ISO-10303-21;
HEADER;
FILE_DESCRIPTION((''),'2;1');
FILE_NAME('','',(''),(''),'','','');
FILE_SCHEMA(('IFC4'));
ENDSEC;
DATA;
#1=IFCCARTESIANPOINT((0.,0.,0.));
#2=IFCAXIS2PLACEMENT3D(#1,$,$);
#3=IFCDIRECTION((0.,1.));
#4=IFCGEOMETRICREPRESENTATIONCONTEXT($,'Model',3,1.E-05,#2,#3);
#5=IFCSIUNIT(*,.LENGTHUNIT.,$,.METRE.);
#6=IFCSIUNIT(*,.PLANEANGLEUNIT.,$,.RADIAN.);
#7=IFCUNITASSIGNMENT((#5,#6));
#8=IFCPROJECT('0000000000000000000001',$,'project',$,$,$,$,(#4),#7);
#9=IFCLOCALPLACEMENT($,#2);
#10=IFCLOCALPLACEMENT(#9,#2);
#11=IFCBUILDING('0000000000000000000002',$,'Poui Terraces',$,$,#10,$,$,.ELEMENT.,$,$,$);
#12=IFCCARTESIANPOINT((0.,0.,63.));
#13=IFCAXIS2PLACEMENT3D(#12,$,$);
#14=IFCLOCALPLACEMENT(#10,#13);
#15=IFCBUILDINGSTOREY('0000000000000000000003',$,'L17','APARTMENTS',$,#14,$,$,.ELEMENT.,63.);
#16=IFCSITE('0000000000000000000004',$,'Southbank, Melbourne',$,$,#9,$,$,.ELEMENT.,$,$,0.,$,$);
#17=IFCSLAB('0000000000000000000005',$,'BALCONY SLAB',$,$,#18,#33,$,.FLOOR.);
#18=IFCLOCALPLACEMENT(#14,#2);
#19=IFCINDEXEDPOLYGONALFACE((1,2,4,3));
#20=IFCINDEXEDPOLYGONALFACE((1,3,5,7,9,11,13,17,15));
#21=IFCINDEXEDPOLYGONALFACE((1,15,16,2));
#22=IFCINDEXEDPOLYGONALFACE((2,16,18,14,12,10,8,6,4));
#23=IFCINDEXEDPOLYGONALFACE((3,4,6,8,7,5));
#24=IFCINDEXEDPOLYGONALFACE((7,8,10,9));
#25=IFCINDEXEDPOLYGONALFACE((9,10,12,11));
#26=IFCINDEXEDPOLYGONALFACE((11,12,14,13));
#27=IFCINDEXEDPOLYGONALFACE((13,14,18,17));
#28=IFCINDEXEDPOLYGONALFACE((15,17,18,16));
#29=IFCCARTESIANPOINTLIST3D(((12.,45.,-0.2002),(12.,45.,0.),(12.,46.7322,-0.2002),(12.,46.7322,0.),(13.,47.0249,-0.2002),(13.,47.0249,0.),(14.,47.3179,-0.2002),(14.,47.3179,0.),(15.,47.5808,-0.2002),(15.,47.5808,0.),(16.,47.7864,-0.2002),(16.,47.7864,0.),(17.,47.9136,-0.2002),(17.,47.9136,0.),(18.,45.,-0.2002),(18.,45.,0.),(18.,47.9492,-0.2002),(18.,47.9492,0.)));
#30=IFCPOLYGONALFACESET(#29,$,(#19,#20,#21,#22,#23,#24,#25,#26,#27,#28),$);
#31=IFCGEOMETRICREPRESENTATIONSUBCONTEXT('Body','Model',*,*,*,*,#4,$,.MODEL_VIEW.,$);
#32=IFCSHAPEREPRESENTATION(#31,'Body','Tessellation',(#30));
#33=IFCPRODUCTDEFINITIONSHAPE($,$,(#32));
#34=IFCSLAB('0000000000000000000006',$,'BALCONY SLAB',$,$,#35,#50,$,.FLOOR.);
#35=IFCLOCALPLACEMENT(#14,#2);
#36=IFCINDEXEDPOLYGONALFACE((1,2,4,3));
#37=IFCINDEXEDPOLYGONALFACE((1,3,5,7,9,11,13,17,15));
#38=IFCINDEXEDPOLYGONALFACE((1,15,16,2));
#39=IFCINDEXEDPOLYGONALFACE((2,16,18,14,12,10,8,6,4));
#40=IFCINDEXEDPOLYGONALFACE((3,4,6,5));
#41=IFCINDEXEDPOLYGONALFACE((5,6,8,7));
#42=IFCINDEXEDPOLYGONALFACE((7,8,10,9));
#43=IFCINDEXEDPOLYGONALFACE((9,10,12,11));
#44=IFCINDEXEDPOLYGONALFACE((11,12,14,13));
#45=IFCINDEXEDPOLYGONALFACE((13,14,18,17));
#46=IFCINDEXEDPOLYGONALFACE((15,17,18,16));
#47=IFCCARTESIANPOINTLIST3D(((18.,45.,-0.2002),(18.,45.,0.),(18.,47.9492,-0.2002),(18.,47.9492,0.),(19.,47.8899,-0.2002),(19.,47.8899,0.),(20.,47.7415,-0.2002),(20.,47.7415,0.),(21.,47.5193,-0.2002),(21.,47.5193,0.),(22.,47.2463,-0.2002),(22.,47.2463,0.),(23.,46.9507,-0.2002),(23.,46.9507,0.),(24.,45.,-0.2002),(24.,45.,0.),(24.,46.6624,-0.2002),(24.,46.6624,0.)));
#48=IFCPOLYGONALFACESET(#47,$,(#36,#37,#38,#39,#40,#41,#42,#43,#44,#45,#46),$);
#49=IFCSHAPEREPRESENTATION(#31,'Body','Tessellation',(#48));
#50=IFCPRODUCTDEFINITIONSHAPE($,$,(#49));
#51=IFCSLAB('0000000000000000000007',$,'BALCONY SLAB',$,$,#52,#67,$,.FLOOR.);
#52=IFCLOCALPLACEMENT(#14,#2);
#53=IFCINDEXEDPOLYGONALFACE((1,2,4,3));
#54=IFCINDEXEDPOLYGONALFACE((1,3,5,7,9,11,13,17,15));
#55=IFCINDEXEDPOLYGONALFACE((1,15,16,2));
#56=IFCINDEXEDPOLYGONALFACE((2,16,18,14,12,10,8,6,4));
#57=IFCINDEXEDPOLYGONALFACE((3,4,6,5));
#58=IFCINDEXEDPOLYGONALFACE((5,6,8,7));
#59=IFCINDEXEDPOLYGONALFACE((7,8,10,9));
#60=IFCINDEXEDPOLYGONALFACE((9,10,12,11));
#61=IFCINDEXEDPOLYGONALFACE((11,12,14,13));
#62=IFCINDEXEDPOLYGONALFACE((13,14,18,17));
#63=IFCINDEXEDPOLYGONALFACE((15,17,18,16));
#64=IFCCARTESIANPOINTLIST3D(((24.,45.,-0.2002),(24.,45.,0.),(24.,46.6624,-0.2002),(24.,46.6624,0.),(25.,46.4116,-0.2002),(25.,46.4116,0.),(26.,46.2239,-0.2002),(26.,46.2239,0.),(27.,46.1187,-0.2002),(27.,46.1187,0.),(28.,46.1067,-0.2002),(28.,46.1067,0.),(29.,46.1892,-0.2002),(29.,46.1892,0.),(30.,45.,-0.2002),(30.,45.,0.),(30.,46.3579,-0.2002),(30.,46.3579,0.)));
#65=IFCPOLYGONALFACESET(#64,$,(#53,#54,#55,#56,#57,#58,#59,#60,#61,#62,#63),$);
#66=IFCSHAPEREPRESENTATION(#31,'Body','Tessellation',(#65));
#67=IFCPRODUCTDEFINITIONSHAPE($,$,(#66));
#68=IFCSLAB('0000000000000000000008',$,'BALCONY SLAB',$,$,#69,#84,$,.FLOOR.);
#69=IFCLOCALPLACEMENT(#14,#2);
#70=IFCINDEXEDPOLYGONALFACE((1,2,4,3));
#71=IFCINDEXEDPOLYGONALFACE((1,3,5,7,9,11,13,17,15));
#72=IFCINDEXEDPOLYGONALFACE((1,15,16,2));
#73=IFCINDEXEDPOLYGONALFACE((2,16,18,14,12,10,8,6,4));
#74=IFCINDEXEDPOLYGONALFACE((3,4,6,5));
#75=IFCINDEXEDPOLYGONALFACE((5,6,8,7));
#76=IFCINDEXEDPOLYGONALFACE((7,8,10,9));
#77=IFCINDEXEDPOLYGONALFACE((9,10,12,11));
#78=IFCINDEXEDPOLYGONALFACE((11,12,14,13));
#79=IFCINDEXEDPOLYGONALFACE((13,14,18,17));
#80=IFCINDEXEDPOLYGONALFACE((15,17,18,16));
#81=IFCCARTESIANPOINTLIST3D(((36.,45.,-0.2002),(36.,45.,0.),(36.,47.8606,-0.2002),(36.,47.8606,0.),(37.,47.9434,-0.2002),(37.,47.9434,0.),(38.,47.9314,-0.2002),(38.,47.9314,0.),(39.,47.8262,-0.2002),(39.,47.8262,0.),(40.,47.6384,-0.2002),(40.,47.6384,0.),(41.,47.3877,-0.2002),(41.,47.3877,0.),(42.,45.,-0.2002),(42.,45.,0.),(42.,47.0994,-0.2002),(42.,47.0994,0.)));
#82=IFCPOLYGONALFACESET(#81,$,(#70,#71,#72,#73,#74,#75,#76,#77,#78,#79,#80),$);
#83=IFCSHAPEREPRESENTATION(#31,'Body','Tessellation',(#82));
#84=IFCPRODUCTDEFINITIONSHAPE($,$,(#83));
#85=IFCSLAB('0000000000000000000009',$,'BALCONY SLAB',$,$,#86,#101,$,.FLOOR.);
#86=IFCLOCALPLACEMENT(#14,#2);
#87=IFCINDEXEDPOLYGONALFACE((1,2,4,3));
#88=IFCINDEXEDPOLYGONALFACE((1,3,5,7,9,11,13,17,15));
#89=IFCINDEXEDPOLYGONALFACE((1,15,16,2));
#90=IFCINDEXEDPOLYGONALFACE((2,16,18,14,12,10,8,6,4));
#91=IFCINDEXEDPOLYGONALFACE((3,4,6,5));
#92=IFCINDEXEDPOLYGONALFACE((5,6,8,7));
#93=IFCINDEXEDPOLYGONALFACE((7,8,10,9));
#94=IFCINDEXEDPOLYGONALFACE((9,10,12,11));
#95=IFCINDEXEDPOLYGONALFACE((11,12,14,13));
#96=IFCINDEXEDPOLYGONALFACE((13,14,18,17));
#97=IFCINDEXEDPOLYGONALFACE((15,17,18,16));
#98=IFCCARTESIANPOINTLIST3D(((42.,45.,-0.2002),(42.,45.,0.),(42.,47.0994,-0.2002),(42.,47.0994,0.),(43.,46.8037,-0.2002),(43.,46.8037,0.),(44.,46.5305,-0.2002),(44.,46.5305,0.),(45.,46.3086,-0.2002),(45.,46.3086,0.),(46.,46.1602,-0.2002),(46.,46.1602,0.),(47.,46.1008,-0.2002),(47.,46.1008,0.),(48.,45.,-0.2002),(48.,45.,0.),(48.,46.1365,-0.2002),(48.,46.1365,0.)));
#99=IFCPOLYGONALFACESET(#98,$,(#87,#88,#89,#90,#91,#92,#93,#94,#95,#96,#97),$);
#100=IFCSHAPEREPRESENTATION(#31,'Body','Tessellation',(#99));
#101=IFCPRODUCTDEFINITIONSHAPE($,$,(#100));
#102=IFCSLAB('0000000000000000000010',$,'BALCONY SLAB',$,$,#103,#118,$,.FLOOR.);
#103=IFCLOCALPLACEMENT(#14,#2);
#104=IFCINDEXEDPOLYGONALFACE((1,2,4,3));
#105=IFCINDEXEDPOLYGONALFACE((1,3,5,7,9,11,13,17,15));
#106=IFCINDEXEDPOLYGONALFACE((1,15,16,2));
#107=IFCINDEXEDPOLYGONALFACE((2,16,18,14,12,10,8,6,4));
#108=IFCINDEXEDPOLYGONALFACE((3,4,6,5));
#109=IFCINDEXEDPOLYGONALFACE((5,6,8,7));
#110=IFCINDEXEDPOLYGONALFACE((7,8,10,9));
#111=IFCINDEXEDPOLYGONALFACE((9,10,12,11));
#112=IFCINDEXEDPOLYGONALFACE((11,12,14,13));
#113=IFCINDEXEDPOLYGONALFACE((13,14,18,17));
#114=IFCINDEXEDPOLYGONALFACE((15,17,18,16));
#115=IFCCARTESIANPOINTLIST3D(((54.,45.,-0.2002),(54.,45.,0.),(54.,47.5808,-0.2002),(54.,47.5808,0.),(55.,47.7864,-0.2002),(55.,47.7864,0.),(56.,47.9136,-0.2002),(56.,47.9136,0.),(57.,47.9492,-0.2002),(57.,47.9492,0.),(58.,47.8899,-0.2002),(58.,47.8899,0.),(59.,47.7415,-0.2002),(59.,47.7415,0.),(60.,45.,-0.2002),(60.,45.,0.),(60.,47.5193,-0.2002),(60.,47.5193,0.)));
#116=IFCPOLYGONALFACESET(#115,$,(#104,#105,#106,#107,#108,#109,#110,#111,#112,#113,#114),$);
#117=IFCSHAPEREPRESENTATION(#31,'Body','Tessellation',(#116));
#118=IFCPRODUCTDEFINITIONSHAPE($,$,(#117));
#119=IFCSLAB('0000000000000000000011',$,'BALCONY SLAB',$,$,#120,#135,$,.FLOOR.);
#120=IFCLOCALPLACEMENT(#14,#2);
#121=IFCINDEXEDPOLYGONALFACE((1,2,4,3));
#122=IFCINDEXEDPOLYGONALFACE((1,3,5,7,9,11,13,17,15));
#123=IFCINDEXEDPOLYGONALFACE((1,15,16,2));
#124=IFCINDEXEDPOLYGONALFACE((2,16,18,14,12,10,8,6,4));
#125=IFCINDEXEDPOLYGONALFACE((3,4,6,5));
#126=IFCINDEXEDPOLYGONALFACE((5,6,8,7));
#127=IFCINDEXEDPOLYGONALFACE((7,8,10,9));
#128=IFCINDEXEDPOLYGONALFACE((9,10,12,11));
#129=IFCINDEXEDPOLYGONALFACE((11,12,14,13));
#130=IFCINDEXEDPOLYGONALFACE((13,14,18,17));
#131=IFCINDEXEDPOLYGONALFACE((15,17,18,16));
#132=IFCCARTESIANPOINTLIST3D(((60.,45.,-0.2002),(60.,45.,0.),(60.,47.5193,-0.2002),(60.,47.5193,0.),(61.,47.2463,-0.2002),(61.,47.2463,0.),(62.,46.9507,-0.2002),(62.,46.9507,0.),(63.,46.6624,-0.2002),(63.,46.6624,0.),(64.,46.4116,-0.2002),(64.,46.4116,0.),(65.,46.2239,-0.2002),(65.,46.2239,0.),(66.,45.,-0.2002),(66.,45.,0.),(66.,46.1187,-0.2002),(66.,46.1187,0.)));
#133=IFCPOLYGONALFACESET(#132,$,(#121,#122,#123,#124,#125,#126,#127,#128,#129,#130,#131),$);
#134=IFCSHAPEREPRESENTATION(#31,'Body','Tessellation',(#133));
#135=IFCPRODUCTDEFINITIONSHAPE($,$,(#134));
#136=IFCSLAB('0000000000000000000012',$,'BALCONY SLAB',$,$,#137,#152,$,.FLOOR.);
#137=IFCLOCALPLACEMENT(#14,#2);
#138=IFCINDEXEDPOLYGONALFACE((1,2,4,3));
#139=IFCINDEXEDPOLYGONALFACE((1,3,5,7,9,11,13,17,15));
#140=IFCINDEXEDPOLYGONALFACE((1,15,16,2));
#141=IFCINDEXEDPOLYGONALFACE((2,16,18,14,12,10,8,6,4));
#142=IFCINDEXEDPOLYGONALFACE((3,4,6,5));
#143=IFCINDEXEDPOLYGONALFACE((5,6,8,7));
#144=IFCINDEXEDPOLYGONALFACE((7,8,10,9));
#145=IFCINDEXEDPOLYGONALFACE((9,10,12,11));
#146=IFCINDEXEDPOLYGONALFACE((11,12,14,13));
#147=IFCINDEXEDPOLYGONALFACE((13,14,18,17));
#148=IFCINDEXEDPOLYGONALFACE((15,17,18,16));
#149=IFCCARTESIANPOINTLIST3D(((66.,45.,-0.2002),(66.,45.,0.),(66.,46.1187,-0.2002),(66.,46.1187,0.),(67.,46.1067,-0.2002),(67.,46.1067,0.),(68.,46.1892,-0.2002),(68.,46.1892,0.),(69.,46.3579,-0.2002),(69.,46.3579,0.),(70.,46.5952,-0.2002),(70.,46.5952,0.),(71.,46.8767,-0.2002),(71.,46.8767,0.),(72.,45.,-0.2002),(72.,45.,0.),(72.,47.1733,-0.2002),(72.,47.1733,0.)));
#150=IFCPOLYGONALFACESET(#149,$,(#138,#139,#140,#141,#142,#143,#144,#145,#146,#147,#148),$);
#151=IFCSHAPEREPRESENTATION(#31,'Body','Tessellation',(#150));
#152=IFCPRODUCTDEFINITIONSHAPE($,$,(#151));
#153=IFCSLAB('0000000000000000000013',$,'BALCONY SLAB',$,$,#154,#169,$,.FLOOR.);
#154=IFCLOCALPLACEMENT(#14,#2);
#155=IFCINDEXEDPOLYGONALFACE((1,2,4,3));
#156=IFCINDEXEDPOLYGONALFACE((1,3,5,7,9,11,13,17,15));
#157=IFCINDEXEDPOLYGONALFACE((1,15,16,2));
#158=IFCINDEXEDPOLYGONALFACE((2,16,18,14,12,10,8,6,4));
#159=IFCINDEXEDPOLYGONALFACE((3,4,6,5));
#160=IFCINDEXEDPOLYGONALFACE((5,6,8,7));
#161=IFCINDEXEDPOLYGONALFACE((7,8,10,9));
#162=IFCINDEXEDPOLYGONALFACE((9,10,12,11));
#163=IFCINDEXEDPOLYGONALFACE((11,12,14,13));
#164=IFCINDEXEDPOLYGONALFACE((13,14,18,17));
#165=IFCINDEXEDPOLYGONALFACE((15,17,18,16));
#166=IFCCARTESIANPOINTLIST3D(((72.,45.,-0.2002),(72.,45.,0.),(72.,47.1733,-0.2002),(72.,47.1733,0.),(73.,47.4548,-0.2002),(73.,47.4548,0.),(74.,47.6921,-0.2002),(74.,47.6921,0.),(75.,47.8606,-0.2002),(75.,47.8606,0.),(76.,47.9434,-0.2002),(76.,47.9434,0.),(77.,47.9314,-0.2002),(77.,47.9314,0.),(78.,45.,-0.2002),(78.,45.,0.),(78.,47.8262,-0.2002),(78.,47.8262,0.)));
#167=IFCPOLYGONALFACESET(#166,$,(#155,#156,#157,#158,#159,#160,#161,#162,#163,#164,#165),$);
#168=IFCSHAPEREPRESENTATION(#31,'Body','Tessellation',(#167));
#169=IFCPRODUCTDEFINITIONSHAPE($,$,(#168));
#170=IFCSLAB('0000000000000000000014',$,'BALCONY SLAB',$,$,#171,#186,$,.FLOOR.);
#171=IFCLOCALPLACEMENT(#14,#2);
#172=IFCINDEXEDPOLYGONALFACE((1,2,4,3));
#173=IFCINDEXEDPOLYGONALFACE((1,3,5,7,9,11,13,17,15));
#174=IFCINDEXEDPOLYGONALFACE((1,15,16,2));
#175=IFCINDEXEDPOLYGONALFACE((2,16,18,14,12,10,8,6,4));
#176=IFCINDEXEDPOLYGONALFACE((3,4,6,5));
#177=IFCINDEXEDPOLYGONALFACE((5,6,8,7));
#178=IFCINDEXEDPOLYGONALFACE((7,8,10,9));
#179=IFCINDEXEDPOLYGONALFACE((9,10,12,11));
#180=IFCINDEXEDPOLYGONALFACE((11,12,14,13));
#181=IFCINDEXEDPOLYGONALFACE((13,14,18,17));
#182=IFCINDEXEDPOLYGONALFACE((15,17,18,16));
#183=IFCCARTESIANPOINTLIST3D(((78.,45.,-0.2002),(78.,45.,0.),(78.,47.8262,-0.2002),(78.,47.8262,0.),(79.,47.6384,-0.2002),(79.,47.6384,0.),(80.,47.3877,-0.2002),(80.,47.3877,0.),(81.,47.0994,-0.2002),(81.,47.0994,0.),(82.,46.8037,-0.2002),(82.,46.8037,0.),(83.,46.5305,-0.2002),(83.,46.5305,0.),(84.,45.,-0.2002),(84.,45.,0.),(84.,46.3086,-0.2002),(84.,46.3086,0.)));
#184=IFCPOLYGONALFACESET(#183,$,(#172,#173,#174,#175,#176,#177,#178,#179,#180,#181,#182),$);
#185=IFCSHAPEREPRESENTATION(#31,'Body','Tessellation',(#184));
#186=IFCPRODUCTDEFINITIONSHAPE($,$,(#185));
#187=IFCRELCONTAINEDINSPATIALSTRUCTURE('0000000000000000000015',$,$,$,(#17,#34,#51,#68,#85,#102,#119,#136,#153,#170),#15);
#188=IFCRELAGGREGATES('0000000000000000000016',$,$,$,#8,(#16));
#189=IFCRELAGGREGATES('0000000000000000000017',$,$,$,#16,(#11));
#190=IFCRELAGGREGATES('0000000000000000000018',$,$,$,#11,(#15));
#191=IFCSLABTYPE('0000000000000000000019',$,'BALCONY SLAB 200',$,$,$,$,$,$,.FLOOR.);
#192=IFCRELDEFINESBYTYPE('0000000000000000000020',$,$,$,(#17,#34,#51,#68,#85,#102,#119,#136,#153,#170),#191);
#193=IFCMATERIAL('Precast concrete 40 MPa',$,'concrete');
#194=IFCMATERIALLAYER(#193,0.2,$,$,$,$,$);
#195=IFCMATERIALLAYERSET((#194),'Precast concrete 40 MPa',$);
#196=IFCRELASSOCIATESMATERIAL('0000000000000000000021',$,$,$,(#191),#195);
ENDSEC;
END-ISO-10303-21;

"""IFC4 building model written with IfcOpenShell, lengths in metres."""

from ifc_helpers import new_model, si_unit, direction, frame, origin, place, context, subcontext, project, spatial, polyline, outline, extrude, material, layer, layer_set, type_object, element, save


model = new_model("IFC4")

# Units and contexts
model_context = context("Model", 3, precision=1e-05, world=origin(), true_north=direction((0.0, 1.0)))
body_context = subcontext(model_context, "Body", "Model", "MODEL_VIEW")
ifc_project = project(units=[si_unit("LENGTHUNIT", "METRE"), si_unit("PLANEANGLEUNIT", "RADIAN")], contexts=[model_context])

# Site, building, storey
site_placement = place(None, origin())
site = spatial("IfcSite", under=ifc_project, at=site_placement, Name="Southbank, Melbourne", CompositionType="ELEMENT", RefElevation=0.0)
building_placement = place(site_placement, origin())
building = spatial("IfcBuilding", under=site, at=building_placement, Name="Poui Terraces", CompositionType="ELEMENT")
storey_placement = place(building_placement, frame((0.0, 0.0, 63.0)))
storey = spatial("IfcBuildingStorey", under=building, at=storey_placement, Name="L17", Description="APARTMENTS", CompositionType="ELEMENT", Elevation=63.0)

# Slabs
ifc_material_1 = material(Name="Precast concrete 40 MPa", Category="concrete")
ifc_layer_1 = layer(ifc_material_1, 0.2)
ifc_layer_set_1 = layer_set([ifc_layer_1], Name="Precast concrete 40 MPa")
slab_type_1 = type_object("IfcSlabType", Name="BALCONY SLAB 200", PredefinedType="FLOOR", material=ifc_layer_set_1)
slab_1_placement = place(storey_placement, frame((0.0, 0.0, -0.2002)))
element("IfcSlab", 1, at=slab_1_placement, inside=storey, type_object=slab_type_1, Name="BALCONY SLAB", PredefinedType="FLOOR", context=body_context, shape_type="SweptSolid", body=[
    extrude(outline(polyline([(12.0, 45.0), (18.0, 45.0), (18.0, 47.9492), (17.0, 47.9136), (16.0, 47.7864), (15.0, 47.5808), (14.0, 47.3179), (13.0, 47.0249), (12.0, 46.7322), (12.0, 45.0)])), origin(), (0.0, 0.0, 1.0), 0.2002),
])
slab_2_placement = place(storey_placement, frame((0.0, 0.0, -0.2002)))
element("IfcSlab", 2, at=slab_2_placement, inside=storey, type_object=slab_type_1, Name="BALCONY SLAB", PredefinedType="FLOOR", context=body_context, shape_type="SweptSolid", body=[
    extrude(outline(polyline([(18.0, 45.0), (24.0, 45.0), (24.0, 46.6624), (23.0, 46.9507), (22.0, 47.2463), (21.0, 47.5193), (20.0, 47.7415), (19.0, 47.8899), (18.0, 47.9492), (18.0, 45.0)])), origin(), (0.0, 0.0, 1.0), 0.2002),
])
slab_3_placement = place(storey_placement, frame((0.0, 0.0, -0.2002)))
element("IfcSlab", 3, at=slab_3_placement, inside=storey, type_object=slab_type_1, Name="BALCONY SLAB", PredefinedType="FLOOR", context=body_context, shape_type="SweptSolid", body=[
    extrude(outline(polyline([(24.0, 45.0), (30.0, 45.0), (30.0, 46.3579), (29.0, 46.1892), (28.0, 46.1067), (27.0, 46.1187), (26.0, 46.2239), (25.0, 46.4116), (24.0, 46.6624), (24.0, 45.0)])), origin(), (0.0, 0.0, 1.0), 0.2002),
])
slab_4_placement = place(storey_placement, frame((0.0, 0.0, -0.2002)))
element("IfcSlab", 4, at=slab_4_placement, inside=storey, type_object=slab_type_1, Name="BALCONY SLAB", PredefinedType="FLOOR", context=body_context, shape_type="SweptSolid", body=[
    extrude(outline(polyline([(36.0, 45.0), (42.0, 45.0), (42.0, 47.0994), (41.0, 47.3877), (40.0, 47.6384), (39.0, 47.8262), (38.0, 47.9314), (37.0, 47.9434), (36.0, 47.8606), (36.0, 45.0)])), origin(), (0.0, 0.0, 1.0), 0.2002),
])
slab_5_placement = place(storey_placement, frame((0.0, 0.0, -0.2002)))
element("IfcSlab", 5, at=slab_5_placement, inside=storey, type_object=slab_type_1, Name="BALCONY SLAB", PredefinedType="FLOOR", context=body_context, shape_type="SweptSolid", body=[
    extrude(outline(polyline([(42.0, 45.0), (48.0, 45.0), (48.0, 46.1365), (47.0, 46.1008), (46.0, 46.1602), (45.0, 46.3086), (44.0, 46.5305), (43.0, 46.8037), (42.0, 47.0994), (42.0, 45.0)])), origin(), (0.0, 0.0, 1.0), 0.2002),
])
slab_6_placement = place(storey_placement, frame((0.0, 0.0, -0.2002)))
element("IfcSlab", 6, at=slab_6_placement, inside=storey, type_object=slab_type_1, Name="BALCONY SLAB", PredefinedType="FLOOR", context=body_context, shape_type="SweptSolid", body=[
    extrude(outline(polyline([(54.0, 45.0), (60.0, 45.0), (60.0, 47.5193), (59.0, 47.7415), (58.0, 47.8899), (57.0, 47.9492), (56.0, 47.9136), (55.0, 47.7864), (54.0, 47.5808), (54.0, 45.0)])), origin(), (0.0, 0.0, 1.0), 0.2002),
])
slab_7_placement = place(storey_placement, frame((0.0, 0.0, -0.2002)))
element("IfcSlab", 7, at=slab_7_placement, inside=storey, type_object=slab_type_1, Name="BALCONY SLAB", PredefinedType="FLOOR", context=body_context, shape_type="SweptSolid", body=[
    extrude(outline(polyline([(60.0, 45.0), (66.0, 45.0), (66.0, 46.1187), (65.0, 46.2239), (64.0, 46.4116), (63.0, 46.6624), (62.0, 46.9507), (61.0, 47.2463), (60.0, 47.5193), (60.0, 45.0)])), origin(), (0.0, 0.0, 1.0), 0.2002),
])
slab_8_placement = place(storey_placement, frame((0.0, 0.0, -0.2002)))
element("IfcSlab", 8, at=slab_8_placement, inside=storey, type_object=slab_type_1, Name="BALCONY SLAB", PredefinedType="FLOOR", context=body_context, shape_type="SweptSolid", body=[
    extrude(outline(polyline([(66.0, 45.0), (72.0, 45.0), (72.0, 47.1733), (71.0, 46.8767), (70.0, 46.5952), (69.0, 46.3579), (68.0, 46.1892), (67.0, 46.1067), (66.0, 46.1187), (66.0, 45.0)])), origin(), (0.0, 0.0, 1.0), 0.2002),
])
slab_9_placement = place(storey_placement, frame((0.0, 0.0, -0.2002)))
element("IfcSlab", 9, at=slab_9_placement, inside=storey, type_object=slab_type_1, Name="BALCONY SLAB", PredefinedType="FLOOR", context=body_context, shape_type="SweptSolid", body=[
    extrude(outline(polyline([(72.0, 45.0), (78.0, 45.0), (78.0, 47.8262), (77.0, 47.9314), (76.0, 47.9434), (75.0, 47.8606), (74.0, 47.6921), (73.0, 47.4548), (72.0, 47.1733), (72.0, 45.0)])), origin(), (0.0, 0.0, 1.0), 0.2002),
])
slab_10_placement = place(storey_placement, frame((0.0, 0.0, -0.2002)))
element("IfcSlab", 10, at=slab_10_placement, inside=storey, type_object=slab_type_1, Name="BALCONY SLAB", PredefinedType="FLOOR", context=body_context, shape_type="SweptSolid", body=[
    extrude(outline(polyline([(78.0, 45.0), (84.0, 45.0), (84.0, 46.3086), (83.0, 46.5305), (82.0, 46.8037), (81.0, 47.0994), (80.0, 47.3877), (79.0, 47.6384), (78.0, 47.8262), (78.0, 45.0)])), origin(), (0.0, 0.0, 1.0), 0.2002),
])

save(model, "model.ifc")
